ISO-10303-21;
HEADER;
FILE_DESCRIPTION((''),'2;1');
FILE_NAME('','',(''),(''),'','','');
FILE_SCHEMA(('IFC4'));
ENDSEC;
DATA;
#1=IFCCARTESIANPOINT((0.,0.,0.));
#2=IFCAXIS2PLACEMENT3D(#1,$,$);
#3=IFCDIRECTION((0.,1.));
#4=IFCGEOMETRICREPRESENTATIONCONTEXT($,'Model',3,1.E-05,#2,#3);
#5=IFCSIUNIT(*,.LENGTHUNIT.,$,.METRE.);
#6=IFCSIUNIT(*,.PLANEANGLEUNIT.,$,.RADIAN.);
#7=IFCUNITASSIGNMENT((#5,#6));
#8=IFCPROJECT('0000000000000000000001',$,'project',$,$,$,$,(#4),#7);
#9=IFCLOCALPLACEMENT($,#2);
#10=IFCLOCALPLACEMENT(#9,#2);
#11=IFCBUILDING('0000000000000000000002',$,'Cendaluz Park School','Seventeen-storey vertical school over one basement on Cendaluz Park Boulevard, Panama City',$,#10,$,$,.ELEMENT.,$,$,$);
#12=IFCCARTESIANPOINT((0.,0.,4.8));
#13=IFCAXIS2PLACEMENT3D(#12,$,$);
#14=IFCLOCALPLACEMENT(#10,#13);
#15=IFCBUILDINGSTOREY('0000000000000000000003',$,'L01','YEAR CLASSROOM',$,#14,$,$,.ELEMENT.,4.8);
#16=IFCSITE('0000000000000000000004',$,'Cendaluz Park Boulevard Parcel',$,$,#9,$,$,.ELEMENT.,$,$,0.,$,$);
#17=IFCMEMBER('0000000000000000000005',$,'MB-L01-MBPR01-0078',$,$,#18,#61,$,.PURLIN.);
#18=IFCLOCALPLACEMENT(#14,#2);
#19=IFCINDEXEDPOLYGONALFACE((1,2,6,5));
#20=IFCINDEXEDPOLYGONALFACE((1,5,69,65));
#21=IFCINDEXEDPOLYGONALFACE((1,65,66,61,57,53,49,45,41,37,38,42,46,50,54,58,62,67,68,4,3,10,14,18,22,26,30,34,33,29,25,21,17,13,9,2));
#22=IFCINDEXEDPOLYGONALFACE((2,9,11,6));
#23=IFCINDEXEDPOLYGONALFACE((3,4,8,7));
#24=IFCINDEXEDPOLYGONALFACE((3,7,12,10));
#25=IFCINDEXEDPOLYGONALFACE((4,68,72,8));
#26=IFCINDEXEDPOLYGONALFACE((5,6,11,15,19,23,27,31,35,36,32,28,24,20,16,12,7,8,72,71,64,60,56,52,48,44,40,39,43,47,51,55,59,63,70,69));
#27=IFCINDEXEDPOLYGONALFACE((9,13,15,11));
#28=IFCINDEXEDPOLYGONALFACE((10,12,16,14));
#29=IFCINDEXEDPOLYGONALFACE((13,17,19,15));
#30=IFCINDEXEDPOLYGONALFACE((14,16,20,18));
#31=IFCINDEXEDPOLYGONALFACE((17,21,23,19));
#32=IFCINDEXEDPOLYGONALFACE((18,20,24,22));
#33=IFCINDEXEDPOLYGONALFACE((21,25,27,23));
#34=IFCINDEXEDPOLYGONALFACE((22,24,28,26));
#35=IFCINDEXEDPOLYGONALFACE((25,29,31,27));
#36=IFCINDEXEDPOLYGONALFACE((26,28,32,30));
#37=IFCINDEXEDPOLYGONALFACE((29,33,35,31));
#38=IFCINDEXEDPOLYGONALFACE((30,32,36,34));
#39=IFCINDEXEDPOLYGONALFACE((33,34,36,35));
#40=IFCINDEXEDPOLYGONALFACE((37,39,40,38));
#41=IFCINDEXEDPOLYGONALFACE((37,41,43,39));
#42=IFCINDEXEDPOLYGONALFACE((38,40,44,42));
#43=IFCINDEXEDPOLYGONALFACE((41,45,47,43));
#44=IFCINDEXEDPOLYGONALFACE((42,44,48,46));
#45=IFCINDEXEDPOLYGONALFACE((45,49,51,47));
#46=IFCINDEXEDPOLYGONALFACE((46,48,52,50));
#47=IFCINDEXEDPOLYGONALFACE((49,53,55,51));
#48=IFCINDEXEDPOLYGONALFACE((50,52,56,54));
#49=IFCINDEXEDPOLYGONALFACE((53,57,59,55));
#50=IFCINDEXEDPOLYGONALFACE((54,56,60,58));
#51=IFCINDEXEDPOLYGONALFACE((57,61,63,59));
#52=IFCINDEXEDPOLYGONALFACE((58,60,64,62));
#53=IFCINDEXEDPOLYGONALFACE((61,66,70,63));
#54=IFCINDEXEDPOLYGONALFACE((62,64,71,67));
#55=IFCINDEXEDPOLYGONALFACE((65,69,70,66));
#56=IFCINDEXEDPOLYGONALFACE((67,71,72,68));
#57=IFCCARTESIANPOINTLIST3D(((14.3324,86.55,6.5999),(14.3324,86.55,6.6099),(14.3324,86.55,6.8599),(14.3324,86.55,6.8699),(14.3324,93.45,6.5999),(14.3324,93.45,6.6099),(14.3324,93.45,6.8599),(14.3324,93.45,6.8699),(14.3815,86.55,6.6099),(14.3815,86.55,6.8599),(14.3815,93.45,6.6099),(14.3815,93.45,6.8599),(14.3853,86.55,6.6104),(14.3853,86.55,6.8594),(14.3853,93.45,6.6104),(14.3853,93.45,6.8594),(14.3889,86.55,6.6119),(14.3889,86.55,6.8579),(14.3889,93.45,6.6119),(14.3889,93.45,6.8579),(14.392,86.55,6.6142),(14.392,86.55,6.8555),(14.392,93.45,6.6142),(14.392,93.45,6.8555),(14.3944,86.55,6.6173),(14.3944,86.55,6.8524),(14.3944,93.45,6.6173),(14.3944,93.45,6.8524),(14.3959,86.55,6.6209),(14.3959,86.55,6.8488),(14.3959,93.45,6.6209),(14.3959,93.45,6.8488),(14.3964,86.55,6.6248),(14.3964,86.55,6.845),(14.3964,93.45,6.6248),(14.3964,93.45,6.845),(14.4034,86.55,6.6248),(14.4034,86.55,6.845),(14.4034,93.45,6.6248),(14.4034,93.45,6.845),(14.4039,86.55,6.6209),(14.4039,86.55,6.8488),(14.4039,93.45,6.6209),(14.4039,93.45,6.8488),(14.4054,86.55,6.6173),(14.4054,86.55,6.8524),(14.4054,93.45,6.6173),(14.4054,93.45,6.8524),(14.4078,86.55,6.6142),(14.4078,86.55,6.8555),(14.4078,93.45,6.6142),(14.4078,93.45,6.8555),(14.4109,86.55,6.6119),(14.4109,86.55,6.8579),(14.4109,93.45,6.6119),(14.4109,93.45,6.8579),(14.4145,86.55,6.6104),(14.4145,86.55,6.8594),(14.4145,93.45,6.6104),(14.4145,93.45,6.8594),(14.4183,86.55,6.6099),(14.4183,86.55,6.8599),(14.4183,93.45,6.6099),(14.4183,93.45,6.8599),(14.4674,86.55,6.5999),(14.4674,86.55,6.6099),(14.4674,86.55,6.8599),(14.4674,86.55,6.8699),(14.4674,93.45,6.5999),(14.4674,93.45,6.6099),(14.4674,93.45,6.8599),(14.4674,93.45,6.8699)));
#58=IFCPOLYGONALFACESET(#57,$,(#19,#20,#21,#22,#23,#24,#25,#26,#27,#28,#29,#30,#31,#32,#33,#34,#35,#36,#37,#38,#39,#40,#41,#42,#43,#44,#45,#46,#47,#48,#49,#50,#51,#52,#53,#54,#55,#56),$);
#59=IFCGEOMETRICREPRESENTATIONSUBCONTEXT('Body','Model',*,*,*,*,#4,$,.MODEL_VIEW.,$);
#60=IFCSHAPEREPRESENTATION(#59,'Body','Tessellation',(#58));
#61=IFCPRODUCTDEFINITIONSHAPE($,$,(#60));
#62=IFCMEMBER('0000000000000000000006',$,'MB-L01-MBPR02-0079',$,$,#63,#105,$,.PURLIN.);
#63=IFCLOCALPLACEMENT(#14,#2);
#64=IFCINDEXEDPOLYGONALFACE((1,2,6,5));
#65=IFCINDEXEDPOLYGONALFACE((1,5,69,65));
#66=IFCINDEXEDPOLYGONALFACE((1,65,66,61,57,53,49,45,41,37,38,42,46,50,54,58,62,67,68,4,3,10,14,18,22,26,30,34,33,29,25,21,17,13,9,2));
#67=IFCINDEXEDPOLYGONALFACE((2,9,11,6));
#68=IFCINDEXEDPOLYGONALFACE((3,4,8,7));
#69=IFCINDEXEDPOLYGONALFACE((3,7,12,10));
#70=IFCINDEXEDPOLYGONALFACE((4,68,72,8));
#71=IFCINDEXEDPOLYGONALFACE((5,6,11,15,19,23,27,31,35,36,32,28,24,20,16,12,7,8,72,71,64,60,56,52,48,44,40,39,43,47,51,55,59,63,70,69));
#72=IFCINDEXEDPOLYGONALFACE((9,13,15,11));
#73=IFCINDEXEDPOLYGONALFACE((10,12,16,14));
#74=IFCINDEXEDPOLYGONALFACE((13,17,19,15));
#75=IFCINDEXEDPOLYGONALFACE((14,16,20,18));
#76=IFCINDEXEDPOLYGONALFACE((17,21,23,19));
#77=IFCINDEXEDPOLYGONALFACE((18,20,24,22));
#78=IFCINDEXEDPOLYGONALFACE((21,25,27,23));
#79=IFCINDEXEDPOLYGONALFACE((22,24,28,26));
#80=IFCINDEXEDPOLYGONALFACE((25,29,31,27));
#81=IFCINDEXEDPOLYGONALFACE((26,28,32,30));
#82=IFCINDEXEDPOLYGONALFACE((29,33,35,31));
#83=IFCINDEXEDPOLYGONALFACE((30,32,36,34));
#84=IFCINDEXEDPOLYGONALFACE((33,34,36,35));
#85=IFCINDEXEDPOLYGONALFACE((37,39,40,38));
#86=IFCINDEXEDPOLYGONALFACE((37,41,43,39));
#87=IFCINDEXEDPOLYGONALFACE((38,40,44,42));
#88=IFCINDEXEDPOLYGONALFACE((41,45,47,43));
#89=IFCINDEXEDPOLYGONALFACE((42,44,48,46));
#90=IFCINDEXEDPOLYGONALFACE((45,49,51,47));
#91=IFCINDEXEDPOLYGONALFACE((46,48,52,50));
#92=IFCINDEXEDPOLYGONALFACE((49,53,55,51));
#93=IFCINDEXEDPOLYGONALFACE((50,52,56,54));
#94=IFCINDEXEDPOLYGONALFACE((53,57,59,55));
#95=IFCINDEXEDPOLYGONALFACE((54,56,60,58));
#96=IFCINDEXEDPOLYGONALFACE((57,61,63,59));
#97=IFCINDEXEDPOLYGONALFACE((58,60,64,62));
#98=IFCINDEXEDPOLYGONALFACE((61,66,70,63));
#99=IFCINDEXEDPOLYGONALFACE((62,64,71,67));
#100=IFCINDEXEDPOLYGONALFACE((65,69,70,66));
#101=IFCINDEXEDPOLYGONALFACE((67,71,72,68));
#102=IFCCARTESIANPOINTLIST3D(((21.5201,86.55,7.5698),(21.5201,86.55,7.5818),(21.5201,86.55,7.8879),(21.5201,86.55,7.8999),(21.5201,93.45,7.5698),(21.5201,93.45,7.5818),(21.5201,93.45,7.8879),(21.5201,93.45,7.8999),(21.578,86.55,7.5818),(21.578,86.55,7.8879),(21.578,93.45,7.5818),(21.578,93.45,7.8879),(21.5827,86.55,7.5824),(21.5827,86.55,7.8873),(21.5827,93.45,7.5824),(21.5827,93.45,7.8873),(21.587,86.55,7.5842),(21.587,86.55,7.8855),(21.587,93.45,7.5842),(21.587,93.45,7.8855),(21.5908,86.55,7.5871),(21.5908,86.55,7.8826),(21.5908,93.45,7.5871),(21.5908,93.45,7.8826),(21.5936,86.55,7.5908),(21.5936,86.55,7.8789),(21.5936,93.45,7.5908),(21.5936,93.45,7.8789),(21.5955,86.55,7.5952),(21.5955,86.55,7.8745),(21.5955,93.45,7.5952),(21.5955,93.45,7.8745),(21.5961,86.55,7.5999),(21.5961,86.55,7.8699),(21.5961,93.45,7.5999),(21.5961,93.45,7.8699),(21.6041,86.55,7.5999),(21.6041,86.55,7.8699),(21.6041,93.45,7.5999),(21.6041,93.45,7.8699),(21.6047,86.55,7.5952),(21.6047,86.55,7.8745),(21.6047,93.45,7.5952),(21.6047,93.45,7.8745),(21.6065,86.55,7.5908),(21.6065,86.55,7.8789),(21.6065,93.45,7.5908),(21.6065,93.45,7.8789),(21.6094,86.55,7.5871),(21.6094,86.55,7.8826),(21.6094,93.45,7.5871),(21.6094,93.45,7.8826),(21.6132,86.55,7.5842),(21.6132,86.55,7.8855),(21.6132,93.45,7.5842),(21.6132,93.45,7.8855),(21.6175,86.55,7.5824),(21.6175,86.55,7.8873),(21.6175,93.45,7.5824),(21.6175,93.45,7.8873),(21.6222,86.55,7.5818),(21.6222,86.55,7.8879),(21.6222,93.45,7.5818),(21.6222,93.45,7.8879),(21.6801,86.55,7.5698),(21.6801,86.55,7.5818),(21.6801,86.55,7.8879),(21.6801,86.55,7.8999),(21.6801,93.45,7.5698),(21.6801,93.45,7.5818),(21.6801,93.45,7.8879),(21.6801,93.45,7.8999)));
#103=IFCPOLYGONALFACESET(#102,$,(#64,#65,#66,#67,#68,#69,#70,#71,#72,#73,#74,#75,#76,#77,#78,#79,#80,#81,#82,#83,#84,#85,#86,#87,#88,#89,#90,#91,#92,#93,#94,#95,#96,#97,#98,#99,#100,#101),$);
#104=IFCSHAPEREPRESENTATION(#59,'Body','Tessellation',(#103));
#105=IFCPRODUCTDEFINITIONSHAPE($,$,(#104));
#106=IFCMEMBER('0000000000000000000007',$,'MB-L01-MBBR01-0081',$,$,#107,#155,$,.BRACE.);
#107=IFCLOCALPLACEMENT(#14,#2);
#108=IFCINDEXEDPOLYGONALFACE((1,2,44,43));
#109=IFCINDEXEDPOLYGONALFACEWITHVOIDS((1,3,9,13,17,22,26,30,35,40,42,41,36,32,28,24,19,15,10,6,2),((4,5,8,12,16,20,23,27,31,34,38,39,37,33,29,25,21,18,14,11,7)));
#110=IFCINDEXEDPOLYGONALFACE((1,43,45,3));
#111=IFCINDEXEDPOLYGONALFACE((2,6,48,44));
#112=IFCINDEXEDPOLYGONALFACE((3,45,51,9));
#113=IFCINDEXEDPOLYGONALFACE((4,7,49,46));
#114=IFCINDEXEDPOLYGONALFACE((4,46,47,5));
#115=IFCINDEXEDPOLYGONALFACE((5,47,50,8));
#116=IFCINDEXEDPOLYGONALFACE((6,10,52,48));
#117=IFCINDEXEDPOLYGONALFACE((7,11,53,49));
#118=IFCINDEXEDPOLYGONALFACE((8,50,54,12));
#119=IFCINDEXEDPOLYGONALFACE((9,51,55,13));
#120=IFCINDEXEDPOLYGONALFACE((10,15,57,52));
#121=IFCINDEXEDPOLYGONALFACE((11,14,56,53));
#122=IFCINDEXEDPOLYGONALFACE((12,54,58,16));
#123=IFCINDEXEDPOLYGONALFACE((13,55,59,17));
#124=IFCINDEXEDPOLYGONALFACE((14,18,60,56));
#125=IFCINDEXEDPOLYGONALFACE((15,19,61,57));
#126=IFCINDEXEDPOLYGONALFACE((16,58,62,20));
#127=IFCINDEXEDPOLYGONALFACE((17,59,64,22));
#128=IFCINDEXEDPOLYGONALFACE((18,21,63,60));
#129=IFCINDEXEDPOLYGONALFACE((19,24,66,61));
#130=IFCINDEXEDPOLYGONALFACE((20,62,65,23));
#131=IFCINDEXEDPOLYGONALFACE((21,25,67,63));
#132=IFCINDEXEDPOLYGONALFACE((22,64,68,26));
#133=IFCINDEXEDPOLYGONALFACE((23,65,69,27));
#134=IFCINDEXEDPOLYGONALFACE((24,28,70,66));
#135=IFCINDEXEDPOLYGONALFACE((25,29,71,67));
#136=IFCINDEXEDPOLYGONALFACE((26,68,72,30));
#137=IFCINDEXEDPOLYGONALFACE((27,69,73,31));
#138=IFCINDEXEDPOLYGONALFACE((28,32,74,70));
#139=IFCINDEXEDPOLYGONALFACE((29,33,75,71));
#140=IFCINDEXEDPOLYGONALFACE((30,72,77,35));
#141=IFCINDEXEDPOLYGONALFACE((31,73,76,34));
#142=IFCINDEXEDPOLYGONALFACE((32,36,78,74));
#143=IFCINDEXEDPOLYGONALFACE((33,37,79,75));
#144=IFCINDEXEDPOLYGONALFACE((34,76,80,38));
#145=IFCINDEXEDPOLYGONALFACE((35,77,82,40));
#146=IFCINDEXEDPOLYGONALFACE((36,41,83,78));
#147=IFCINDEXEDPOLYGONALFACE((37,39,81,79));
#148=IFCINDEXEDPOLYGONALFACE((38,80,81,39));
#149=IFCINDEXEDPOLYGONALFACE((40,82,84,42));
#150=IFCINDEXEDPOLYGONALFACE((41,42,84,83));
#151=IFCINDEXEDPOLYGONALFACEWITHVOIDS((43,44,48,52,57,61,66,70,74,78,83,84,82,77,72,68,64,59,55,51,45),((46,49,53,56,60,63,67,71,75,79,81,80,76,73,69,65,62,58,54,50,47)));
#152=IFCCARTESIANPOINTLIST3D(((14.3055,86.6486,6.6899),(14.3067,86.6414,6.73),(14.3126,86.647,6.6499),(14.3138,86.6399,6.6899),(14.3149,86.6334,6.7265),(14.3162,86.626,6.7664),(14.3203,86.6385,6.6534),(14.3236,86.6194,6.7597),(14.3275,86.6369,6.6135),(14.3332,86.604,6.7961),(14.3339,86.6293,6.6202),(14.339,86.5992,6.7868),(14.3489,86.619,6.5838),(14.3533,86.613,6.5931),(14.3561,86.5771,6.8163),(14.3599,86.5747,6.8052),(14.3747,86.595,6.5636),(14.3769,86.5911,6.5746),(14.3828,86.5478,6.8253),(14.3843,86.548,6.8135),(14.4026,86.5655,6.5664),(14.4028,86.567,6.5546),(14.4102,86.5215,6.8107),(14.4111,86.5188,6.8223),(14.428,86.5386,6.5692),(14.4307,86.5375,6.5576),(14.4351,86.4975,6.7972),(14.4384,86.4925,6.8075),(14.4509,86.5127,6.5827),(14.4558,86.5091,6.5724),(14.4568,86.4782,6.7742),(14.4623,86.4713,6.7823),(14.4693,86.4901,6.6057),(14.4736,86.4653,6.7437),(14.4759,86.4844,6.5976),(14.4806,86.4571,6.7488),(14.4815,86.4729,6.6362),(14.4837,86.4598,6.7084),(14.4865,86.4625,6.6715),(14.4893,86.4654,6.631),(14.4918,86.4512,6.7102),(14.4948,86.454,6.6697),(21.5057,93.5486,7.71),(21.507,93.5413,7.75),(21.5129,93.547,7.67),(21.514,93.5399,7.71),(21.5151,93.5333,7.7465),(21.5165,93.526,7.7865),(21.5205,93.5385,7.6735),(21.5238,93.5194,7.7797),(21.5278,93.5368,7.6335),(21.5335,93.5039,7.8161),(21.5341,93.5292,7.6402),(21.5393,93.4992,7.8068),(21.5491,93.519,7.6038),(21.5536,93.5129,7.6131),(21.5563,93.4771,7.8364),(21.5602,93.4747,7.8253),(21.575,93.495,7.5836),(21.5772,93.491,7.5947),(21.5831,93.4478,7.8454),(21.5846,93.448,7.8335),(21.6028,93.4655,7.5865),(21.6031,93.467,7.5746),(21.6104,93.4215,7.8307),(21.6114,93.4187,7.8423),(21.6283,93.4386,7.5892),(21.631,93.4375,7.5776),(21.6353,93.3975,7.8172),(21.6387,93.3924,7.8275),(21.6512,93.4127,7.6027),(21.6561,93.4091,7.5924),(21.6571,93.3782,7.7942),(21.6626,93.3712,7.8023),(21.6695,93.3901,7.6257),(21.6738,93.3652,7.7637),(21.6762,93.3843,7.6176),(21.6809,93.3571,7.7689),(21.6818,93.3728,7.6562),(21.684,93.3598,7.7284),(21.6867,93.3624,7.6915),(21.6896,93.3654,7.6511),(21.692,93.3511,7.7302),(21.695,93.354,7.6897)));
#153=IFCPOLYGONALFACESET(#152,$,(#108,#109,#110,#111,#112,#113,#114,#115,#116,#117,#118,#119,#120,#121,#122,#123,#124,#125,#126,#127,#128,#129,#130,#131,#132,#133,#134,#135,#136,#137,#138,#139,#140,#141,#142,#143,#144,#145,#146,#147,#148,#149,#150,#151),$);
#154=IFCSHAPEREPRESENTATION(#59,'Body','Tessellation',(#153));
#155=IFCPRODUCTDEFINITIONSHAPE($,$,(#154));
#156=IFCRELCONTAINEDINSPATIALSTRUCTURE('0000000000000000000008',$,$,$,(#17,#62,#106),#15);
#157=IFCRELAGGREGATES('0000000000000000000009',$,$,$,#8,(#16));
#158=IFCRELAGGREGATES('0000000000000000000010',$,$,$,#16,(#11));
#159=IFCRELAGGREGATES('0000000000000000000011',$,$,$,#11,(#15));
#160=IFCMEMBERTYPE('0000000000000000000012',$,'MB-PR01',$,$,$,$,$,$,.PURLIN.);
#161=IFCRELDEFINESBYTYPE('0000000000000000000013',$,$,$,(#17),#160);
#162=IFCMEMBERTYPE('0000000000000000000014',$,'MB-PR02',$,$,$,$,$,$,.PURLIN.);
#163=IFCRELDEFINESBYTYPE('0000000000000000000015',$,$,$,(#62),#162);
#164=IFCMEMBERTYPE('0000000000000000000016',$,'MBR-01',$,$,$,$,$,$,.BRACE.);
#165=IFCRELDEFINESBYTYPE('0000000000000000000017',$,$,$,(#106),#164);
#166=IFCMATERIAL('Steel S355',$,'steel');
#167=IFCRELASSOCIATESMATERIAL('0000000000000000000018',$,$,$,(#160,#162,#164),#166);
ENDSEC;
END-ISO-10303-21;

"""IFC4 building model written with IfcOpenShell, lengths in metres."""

from ifc_helpers import new_model, si_unit, direction, frame, origin, origin_2d, place, context, subcontext, project, spatial, hollow_circle, i_section, extrude, material, material_profile, profile_set, type_object, element, save


model = new_model("IFC4")

# Units and contexts
model_context = context("Model", 3, precision=1e-05, world=origin(), true_north=direction((0.0, 1.0)))
body_context = subcontext(model_context, "Body", "Model", "MODEL_VIEW")
ifc_project = project(units=[si_unit("LENGTHUNIT", "METRE"), si_unit("PLANEANGLEUNIT", "RADIAN")], contexts=[model_context])

# Site, building, storey
site_placement = place(None, origin())
site = spatial("IfcSite", under=ifc_project, at=site_placement, Name="Cendaluz Park Boulevard Parcel", CompositionType="ELEMENT", RefElevation=0.0)
building_placement = place(site_placement, origin())
building = spatial("IfcBuilding", under=site, at=building_placement, Name="Cendaluz Park School", Description="Seventeen-storey vertical school over one basement on Cendaluz Park Boulevard, Panama City", CompositionType="ELEMENT")
storey_placement = place(building_placement, frame((0.0, 0.0, 4.8)))
storey = spatial("IfcBuildingStorey", under=building, at=storey_placement, Name="L01", Description="YEAR CLASSROOM", CompositionType="ELEMENT", Elevation=4.8)

# Shared definitions
ifc_material = material(Name="Steel S355", Category="steel")

# Members
ifc_material_profile_1 = material_profile(ifc_material, i_section(OverallWidth=0.135, OverallDepth=0.27, WebThickness=0.0071, FlangeThickness=0.01, FilletRadius=0.0149, at=origin_2d()), Name="IPE 270", Category="steel")
ifc_profile_set_1 = profile_set([ifc_material_profile_1], Name="Steel S355")
member_type_1 = type_object("IfcMemberType", Name="MB-PR01", PredefinedType="PURLIN", material=ifc_profile_set_1)
member_1_placement = place(storey_placement, frame((14.3999, 86.55, 6.7349), z_axis=(0.0, 1.0, 0.0), x_axis=(-1.0, 0.0, 0.0)))
element("IfcMember", 1, at=member_1_placement, inside=storey, type_object=member_type_1, Name="MB-L01-MBPR01-0078", PredefinedType="PURLIN", context=body_context, shape_type="SweptSolid", body=[
    extrude(i_section(OverallWidth=0.135, OverallDepth=0.27, WebThickness=0.0071, FlangeThickness=0.01, FilletRadius=0.0149, at=origin_2d()), origin(), (0.0, 0.0, 1.0), 6.8999),
])
ifc_material_profile_2 = material_profile(ifc_material, i_section(OverallWidth=0.1599, OverallDepth=0.3301, WebThickness=0.0081, FlangeThickness=0.012, FilletRadius=0.0181, at=origin_2d()), Name="IPE 330", Category="steel")
ifc_profile_set_2 = profile_set([ifc_material_profile_2], Name="Steel S355")
member_type_2 = type_object("IfcMemberType", Name="MB-PR02", PredefinedType="PURLIN", material=ifc_profile_set_2)
member_2_placement = place(storey_placement, frame((21.6001, 86.55, 7.7349), z_axis=(0.0, 1.0, 0.0), x_axis=(-1.0, 0.0, 0.0)))
element("IfcMember", 2, at=member_2_placement, inside=storey, type_object=member_type_2, Name="MB-L01-MBPR02-0079", PredefinedType="PURLIN", context=body_context, shape_type="SweptSolid", body=[
    extrude(i_section(OverallWidth=0.1599, OverallDepth=0.3301, WebThickness=0.0081, FlangeThickness=0.012, FilletRadius=0.0181, at=origin_2d()), origin(), (0.0, 0.0, 1.0), 6.8999),
])
ifc_material_profile_3 = material_profile(ifc_material, hollow_circle(Radius=0.1365, WallThickness=0.012, at=origin_2d()), Name="CHS 273x12", Category="steel")
ifc_profile_set_3 = profile_set([ifc_material_profile_3], Name="Steel S355")
member_type_3 = type_object("IfcMemberType", Name="MBR-01", PredefinedType="BRACE", material=ifc_profile_set_3)
member_3_placement = place(storey_placement, frame((14.3999, 86.55, 6.6899), z_axis=(0.718255, 0.688299, 0.101752), x_axis=(-0.69189, 0.722002, 0.0)))
element("IfcMember", 3, at=member_3_placement, inside=storey, type_object=member_type_3, Name="MB-L01-MBBR01-0081", PredefinedType="BRACE", context=body_context, shape_type="SweptSolid", body=[
    extrude(hollow_circle(Radius=0.1365, WallThickness=0.012, at=origin_2d()), origin(), (0.0, 0.0, 1.0), 10.0247),
])

save(model, "model.ifc")
